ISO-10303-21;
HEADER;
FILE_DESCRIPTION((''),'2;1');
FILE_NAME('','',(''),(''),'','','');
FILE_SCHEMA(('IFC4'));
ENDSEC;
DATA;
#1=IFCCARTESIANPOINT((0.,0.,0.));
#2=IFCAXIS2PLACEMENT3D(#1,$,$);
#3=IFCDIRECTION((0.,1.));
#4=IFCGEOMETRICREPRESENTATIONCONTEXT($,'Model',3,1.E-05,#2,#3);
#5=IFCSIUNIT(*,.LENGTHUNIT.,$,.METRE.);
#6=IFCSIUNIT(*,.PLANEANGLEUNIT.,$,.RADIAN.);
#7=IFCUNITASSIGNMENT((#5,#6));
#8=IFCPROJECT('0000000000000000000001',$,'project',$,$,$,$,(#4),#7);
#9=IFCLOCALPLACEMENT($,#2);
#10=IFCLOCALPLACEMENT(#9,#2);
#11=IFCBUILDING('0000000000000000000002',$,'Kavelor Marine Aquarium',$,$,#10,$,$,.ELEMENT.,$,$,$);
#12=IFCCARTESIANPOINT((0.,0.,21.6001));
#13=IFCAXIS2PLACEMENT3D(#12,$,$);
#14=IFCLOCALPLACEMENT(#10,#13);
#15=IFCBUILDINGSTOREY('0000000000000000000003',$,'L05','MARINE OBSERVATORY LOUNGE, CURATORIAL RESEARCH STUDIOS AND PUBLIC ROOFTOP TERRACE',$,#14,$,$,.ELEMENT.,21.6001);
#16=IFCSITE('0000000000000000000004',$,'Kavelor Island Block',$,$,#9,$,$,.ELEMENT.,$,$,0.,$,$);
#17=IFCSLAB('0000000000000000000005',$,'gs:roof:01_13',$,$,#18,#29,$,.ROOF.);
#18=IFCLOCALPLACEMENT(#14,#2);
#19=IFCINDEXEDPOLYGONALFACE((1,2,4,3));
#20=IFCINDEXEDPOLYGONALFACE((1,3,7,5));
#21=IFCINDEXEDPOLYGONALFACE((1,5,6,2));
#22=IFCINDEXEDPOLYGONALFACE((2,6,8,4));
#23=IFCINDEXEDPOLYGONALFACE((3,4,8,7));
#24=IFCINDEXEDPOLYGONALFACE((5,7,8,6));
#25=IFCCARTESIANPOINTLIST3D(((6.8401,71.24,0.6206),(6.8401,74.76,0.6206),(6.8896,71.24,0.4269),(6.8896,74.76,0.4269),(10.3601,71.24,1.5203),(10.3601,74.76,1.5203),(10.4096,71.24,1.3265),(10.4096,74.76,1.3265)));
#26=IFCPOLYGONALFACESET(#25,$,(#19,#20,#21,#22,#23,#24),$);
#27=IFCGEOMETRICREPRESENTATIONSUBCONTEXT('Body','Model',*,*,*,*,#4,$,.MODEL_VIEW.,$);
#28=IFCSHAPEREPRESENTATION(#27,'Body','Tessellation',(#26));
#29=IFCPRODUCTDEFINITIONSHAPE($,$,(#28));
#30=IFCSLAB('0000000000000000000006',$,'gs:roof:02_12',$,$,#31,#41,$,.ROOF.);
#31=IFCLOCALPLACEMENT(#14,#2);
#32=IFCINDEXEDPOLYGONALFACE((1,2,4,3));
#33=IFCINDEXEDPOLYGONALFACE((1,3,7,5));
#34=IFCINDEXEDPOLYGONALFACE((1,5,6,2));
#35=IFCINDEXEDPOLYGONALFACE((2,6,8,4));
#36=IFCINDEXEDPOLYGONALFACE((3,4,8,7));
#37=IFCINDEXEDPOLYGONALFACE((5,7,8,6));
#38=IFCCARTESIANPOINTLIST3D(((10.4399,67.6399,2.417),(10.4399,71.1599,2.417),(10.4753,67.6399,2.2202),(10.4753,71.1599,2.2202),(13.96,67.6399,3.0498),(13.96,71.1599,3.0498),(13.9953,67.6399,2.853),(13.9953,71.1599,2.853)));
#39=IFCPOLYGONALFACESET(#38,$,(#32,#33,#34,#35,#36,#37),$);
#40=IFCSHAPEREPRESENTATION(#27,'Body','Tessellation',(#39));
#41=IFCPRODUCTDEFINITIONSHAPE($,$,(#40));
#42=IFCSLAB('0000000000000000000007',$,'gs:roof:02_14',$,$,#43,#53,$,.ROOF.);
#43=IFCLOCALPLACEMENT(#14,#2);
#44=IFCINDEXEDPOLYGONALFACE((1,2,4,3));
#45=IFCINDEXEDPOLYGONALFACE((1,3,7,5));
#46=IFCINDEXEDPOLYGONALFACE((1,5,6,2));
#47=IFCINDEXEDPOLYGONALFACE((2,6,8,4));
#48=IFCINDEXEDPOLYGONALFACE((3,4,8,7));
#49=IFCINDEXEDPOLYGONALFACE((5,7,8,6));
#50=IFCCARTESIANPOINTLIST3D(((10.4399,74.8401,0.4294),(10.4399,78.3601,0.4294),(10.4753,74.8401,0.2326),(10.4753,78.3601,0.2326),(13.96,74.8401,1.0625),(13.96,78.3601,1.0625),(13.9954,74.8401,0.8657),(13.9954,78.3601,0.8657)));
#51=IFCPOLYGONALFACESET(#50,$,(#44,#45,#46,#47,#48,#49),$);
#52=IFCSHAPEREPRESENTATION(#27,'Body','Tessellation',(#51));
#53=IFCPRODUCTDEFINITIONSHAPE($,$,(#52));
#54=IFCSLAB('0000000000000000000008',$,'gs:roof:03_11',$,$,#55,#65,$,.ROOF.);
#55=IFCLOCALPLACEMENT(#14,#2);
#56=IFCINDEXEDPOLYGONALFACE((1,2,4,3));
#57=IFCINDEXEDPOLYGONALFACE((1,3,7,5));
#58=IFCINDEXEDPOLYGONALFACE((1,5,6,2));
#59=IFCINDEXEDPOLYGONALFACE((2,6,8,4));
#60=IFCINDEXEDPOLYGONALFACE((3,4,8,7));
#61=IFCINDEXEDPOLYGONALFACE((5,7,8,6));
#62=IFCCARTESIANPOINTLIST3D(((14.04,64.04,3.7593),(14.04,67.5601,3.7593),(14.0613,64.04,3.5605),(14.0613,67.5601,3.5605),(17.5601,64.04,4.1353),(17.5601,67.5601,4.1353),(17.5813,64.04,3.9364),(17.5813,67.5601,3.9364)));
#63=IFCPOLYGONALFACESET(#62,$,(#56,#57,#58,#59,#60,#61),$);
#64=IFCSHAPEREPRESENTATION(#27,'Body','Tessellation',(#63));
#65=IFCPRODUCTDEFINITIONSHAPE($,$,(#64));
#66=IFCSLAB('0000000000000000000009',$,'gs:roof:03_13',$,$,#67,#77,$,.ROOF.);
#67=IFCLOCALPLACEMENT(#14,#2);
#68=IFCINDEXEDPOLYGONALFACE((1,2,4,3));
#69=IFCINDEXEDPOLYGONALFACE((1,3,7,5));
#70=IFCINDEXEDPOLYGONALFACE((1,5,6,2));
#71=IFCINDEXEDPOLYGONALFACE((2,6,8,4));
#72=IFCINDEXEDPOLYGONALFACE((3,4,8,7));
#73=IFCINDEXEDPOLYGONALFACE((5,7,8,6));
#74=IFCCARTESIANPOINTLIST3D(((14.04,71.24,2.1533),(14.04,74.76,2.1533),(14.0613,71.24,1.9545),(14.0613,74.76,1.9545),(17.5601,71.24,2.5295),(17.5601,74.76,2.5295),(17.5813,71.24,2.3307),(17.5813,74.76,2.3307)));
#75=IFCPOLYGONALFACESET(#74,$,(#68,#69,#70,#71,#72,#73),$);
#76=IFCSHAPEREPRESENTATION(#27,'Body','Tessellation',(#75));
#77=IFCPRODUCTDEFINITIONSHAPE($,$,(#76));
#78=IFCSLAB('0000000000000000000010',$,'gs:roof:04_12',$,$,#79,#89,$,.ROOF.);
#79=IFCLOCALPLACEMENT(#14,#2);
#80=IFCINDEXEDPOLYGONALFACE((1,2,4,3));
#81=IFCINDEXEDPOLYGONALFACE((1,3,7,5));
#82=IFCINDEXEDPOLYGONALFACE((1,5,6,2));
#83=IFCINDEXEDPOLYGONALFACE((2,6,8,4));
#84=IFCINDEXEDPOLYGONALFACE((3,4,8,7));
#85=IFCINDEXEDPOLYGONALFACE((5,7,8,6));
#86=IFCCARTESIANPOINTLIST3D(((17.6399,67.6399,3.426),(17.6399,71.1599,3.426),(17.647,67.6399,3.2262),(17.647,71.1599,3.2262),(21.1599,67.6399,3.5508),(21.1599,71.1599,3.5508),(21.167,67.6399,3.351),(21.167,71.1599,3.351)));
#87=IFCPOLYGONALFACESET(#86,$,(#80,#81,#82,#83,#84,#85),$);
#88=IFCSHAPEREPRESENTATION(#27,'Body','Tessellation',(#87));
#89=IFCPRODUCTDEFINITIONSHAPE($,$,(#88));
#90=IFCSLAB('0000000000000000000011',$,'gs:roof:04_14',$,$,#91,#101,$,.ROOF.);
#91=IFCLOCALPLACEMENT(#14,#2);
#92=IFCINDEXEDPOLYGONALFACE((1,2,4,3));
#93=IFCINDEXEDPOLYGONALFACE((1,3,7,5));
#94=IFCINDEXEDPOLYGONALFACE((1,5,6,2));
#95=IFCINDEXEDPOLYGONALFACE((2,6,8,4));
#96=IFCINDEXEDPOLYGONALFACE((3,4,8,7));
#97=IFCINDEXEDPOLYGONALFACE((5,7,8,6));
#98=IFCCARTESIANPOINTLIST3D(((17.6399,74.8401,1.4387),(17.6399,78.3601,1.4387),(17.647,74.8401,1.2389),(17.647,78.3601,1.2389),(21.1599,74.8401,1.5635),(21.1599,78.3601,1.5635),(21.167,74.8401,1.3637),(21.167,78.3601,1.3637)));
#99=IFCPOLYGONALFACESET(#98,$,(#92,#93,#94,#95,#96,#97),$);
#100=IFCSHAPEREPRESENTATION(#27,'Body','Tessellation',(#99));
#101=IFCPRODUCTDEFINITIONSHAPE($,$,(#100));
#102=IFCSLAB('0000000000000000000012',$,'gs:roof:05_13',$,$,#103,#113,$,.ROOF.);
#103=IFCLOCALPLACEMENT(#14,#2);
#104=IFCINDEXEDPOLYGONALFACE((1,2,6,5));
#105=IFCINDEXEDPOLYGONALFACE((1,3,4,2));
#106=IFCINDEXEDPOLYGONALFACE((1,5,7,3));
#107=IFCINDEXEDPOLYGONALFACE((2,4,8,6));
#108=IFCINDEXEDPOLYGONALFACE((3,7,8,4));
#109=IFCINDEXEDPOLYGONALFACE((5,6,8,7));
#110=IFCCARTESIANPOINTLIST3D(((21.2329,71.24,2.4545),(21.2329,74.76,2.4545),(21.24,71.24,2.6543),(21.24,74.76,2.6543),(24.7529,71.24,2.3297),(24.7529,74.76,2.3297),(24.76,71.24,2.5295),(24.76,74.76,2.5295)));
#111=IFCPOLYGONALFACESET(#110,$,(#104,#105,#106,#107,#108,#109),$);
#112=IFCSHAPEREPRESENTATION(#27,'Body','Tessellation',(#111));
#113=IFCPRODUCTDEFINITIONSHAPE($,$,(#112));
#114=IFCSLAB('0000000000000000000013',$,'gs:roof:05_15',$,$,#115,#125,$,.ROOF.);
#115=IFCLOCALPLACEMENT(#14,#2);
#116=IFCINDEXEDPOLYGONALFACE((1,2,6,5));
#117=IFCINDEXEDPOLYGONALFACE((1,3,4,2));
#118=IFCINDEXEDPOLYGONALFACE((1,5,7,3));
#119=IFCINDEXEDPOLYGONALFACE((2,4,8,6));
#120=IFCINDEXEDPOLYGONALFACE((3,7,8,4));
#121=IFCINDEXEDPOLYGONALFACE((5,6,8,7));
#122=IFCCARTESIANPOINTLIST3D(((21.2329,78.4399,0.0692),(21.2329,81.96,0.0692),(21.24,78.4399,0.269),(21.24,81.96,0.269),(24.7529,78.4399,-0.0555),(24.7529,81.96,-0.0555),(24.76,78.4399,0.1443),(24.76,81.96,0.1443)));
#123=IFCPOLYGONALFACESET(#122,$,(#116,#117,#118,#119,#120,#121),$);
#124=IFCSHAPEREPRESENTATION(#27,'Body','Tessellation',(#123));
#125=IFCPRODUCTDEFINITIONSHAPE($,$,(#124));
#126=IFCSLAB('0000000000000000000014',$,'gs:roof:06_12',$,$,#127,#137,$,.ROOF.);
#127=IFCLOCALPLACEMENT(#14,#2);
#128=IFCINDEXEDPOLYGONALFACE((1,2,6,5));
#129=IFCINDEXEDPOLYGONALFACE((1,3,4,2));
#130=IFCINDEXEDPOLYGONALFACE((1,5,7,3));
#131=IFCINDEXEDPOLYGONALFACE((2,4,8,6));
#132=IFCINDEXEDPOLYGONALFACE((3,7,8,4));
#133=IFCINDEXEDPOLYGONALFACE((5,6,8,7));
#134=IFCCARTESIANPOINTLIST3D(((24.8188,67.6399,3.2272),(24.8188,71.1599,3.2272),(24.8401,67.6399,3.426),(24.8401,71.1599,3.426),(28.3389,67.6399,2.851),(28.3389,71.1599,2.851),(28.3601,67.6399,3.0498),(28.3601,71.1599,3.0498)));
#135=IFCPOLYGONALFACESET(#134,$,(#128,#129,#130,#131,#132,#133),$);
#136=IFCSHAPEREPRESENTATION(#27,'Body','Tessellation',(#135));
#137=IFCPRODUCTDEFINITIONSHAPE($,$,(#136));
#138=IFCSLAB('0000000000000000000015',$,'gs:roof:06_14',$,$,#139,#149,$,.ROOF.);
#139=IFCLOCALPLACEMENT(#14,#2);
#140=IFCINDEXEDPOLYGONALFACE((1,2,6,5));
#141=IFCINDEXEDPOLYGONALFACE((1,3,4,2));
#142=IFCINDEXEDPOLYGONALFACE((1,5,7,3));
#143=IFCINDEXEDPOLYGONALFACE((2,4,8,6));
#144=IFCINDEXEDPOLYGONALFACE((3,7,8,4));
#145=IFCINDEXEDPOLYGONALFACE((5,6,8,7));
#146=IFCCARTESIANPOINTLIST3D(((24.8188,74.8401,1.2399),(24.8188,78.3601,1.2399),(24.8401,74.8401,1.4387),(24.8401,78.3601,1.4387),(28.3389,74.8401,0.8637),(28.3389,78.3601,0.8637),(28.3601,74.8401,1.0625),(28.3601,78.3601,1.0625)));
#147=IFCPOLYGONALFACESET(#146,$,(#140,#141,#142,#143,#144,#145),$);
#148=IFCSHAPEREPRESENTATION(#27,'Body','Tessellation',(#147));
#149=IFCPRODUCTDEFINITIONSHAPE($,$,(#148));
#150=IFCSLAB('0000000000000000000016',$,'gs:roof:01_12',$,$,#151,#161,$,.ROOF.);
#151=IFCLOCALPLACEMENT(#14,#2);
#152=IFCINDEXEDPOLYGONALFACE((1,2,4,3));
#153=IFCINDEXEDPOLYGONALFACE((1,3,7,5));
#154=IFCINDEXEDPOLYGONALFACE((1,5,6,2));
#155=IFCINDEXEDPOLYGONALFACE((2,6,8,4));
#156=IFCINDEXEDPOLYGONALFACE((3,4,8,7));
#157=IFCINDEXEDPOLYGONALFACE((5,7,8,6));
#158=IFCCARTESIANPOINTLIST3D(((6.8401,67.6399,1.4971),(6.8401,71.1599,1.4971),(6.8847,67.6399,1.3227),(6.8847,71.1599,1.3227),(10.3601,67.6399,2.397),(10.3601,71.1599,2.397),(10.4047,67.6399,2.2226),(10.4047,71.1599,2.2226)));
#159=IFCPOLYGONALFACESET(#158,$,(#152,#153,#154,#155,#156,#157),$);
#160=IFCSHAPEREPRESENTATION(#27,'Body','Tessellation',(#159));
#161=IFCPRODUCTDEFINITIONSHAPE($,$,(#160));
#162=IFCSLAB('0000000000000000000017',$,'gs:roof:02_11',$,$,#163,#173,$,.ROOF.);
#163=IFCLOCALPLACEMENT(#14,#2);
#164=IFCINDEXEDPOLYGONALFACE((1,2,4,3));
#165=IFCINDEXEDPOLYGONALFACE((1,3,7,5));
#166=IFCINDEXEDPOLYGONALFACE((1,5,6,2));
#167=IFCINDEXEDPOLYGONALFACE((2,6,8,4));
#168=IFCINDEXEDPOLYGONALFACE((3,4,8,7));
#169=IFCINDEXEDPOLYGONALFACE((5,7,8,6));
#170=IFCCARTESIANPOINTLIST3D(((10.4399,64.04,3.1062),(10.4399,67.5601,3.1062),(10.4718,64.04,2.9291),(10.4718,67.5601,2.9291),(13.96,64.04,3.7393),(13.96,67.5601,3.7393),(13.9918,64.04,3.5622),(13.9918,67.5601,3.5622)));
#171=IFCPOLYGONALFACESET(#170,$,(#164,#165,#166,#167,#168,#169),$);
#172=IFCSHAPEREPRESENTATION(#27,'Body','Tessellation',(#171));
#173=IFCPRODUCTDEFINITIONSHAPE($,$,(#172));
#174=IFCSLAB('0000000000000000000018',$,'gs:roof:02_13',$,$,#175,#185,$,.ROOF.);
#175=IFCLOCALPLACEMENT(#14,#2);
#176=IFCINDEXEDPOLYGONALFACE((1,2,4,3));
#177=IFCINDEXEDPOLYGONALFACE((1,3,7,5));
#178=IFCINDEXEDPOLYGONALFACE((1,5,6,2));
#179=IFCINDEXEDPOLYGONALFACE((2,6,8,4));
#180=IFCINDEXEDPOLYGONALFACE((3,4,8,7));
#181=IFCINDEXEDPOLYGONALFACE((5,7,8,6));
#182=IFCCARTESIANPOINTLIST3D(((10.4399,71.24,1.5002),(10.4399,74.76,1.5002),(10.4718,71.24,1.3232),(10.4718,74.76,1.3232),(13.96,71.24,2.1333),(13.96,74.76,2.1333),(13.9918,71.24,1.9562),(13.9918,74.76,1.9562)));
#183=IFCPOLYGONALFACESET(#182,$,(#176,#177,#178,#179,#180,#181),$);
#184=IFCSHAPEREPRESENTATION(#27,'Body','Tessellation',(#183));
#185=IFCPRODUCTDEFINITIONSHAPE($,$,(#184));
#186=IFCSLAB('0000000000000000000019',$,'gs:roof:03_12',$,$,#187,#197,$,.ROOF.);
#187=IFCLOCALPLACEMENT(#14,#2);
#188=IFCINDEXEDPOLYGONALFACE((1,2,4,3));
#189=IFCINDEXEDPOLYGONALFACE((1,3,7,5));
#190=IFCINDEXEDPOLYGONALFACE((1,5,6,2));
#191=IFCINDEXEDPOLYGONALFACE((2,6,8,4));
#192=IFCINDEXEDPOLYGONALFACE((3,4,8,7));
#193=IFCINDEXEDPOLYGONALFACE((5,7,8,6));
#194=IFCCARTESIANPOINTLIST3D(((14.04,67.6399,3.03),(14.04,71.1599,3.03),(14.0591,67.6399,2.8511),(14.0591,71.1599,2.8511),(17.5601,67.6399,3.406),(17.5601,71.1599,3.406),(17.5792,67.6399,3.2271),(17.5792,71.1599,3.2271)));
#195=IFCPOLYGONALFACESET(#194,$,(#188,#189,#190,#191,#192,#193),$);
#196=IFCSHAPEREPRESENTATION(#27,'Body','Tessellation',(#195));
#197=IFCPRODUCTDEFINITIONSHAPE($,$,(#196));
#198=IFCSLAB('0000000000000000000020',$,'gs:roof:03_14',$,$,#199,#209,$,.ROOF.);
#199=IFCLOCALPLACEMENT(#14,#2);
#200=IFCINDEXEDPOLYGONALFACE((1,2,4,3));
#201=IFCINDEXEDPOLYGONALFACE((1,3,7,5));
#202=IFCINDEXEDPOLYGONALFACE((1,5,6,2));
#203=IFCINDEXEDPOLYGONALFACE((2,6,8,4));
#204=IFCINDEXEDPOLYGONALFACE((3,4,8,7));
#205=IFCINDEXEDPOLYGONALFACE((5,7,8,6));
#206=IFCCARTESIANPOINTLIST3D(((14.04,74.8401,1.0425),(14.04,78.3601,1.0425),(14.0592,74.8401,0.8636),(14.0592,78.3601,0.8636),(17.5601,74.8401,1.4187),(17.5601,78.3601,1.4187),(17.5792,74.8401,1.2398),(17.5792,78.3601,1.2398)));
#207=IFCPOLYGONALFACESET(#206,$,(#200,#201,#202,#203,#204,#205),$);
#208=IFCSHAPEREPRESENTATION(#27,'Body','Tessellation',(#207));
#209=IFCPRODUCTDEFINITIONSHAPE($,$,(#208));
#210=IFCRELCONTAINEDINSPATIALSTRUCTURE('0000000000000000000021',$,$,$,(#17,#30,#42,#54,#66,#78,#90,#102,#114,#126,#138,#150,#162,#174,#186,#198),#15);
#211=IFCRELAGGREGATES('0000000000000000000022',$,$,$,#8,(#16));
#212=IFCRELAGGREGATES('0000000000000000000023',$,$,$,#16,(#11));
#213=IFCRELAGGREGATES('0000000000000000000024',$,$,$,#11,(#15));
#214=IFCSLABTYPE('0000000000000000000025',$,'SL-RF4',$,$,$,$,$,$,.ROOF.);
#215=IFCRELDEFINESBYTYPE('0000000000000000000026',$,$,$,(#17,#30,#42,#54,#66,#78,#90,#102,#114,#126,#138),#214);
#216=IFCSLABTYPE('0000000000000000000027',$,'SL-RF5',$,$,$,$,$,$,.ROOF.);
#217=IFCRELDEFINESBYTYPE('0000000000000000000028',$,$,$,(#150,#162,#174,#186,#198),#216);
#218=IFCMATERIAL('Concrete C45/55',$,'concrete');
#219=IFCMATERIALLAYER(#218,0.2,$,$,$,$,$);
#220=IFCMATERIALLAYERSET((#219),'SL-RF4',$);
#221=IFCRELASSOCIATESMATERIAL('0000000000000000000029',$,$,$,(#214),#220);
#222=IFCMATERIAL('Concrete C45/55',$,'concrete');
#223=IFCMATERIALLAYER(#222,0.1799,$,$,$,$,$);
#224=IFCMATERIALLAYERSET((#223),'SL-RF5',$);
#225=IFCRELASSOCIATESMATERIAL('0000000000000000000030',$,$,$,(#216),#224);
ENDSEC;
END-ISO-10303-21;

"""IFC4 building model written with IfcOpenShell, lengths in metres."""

from ifc_helpers import new_model, si_unit, direction, frame, origin, place, context, subcontext, project, spatial, polyline, outline, extrude, material, layer, layer_set, type_object, element, save


model = new_model("IFC4")

# Units and contexts
model_context = context("Model", 3, precision=1e-05, world=origin(), true_north=direction((0.0, 1.0)))
body_context = subcontext(model_context, "Body", "Model", "MODEL_VIEW")
ifc_project = project(units=[si_unit("LENGTHUNIT", "METRE"), si_unit("PLANEANGLEUNIT", "RADIAN")], contexts=[model_context])

# Site, building, storey
site_placement = place(None, origin())
site = spatial("IfcSite", under=ifc_project, at=site_placement, Name="Kavelor Island Block", CompositionType="ELEMENT", RefElevation=0.0)
building_placement = place(site_placement, origin())
building = spatial("IfcBuilding", under=site, at=building_placement, Name="Kavelor Marine Aquarium", CompositionType="ELEMENT")
storey_placement = place(building_placement, frame((0.0, 0.0, 21.6001)))
storey = spatial("IfcBuildingStorey", under=building, at=storey_placement, Name="L05", Description="MARINE OBSERVATORY LOUNGE, CURATORIAL RESEARCH STUDIOS AND PUBLIC ROOFTOP TERRACE", CompositionType="ELEMENT", Elevation=21.6001)

# Slabs
ifc_material_1 = material(Name="Concrete C45/55", Category="concrete")
ifc_layer_1 = layer(ifc_material_1, 0.2)
ifc_layer_set_1 = layer_set([ifc_layer_1], Name="SL-RF4")
slab_type_1 = type_object("IfcSlabType", Name="SL-RF4", PredefinedType="ROOF", material=ifc_layer_set_1)
slab_1_placement = place(storey_placement, frame((6.8401, 71.24, 0.6206), z_axis=(-0.247623, 0.0, 0.968856), x_axis=(0.968856, 0.0, 0.247623)))
element("IfcSlab", 1, at=slab_1_placement, inside=storey, type_object=slab_type_1, Name="gs:roof:01_13", PredefinedType="ROOF", context=body_context, shape_type="SweptSolid", body=[
    extrude(outline(polyline([(0.0, 0.0), (3.6332, 0.0), (3.6332, 3.52), (0.0, 3.52), (0.0, 0.0)])), origin(), (0.0, 0.0, -1.0), 0.2),
])
slab_2_placement = place(storey_placement, frame((10.4399, 67.6399, 2.417), z_axis=(-0.176939, 0.0, 0.984222), x_axis=(0.984222, 0.0, 0.176939)))
element("IfcSlab", 2, at=slab_2_placement, inside=storey, type_object=slab_type_1, Name="gs:roof:02_12", PredefinedType="ROOF", context=body_context, shape_type="SweptSolid", body=[
    extrude(outline(polyline([(0.0, 0.0), (3.5764, 0.0), (3.5764, 3.52), (0.0, 3.52), (0.0, 0.0)])), origin(), (0.0, 0.0, -1.0), 0.2),
])
slab_3_placement = place(storey_placement, frame((10.4399, 74.8401, 0.4294), z_axis=(-0.177005, 0.0, 0.98421), x_axis=(0.98421, 0.0, 0.177005)))
element("IfcSlab", 3, at=slab_3_placement, inside=storey, type_object=slab_type_1, Name="gs:roof:02_14", PredefinedType="ROOF", context=body_context, shape_type="SweptSolid", body=[
    extrude(outline(polyline([(0.0, 0.0), (3.5765, 0.0), (3.5765, 3.52), (0.0, 3.52), (0.0, 0.0)])), origin(), (0.0, 0.0, -1.0), 0.2),
])
slab_4_placement = place(storey_placement, frame((14.04, 64.04, 3.7593), z_axis=(-0.106207, 0.0, 0.994344), x_axis=(0.994344, 0.0, 0.106207)))
element("IfcSlab", 4, at=slab_4_placement, inside=storey, type_object=slab_type_1, Name="gs:roof:03_11", PredefinedType="ROOF", context=body_context, shape_type="SweptSolid", body=[
    extrude(outline(polyline([(0.0, 0.0), (3.54, 0.0), (3.54, 3.52), (0.0, 3.52), (0.0, 0.0)])), origin(), (0.0, 0.0, -1.0), 0.2),
])
slab_5_placement = place(storey_placement, frame((14.04, 71.24, 2.1533), z_axis=(-0.106275, 0.0, 0.994337), x_axis=(0.994337, 0.0, 0.106275)))
element("IfcSlab", 5, at=slab_5_placement, inside=storey, type_object=slab_type_1, Name="gs:roof:03_13", PredefinedType="ROOF", context=body_context, shape_type="SweptSolid", body=[
    extrude(outline(polyline([(0.0, 0.0), (3.5401, 0.0), (3.5401, 3.52), (0.0, 3.52), (0.0, 0.0)])), origin(), (0.0, 0.0, -1.0), 0.2),
])
for number, where, z_axis, x_axis, name in (
    (6, (17.6399, 67.6399, 3.426), (-0.03542, 0.0, 0.999373), (0.999373, 0.0, 0.03542), "gs:roof:04_12"),
    (7, (17.6399, 74.8401, 1.4387), (-0.03542, 0.0, 0.999373), (0.999373, 0.0, 0.03542), "gs:roof:04_14"),
    (8, (21.24, 71.24, 2.6543), (0.03542, 0.0, 0.999373), (0.999373, 0.0, -0.03542), "gs:roof:05_13"),
    (9, (21.24, 78.4399, 0.269), (0.03542, 0.0, 0.999373), (0.999373, 0.0, -0.03542), "gs:roof:05_15"),
):
    element("IfcSlab", number, at=place(storey_placement, frame(where, z_axis=z_axis, x_axis=x_axis)), inside=storey, type_object=slab_type_1, Name=name, PredefinedType="ROOF", context=body_context, shape_type="SweptSolid", body=[
        extrude(outline(polyline([(0.0, 0.0), (3.5222, 0.0), (3.5222, 3.52), (0.0, 3.52), (0.0, 0.0)])), origin(), (0.0, 0.0, -1.0), 0.2),
    ])
for number, where, z_axis, x_axis, name in (
    (10, (24.8401, 67.6399, 3.426), (0.106275, 0.0, 0.994337), (0.994337, 0.0, -0.106275), "gs:roof:06_12"),
    (11, (24.8401, 74.8401, 1.4387), (0.106275, 0.0, 0.994337), (0.994337, 0.0, -0.106275), "gs:roof:06_14"),
):
    element("IfcSlab", number, at=place(storey_placement, frame(where, z_axis=z_axis, x_axis=x_axis)), inside=storey, type_object=slab_type_1, Name=name, PredefinedType="ROOF", context=body_context, shape_type="SweptSolid", body=[
        extrude(outline(polyline([(0.0, 0.0), (3.5401, 0.0), (3.5401, 3.52), (0.0, 3.52), (0.0, 0.0)])), origin(), (0.0, 0.0, -1.0), 0.2),
    ])
ifc_material_2 = material(Name="Concrete C45/55", Category="concrete")
ifc_layer_2 = layer(ifc_material_2, 0.1799)
ifc_layer_set_2 = layer_set([ifc_layer_2], Name="SL-RF5")
slab_type_2 = type_object("IfcSlabType", Name="SL-RF5", PredefinedType="ROOF", material=ifc_layer_set_2)
slab_6_placement = place(storey_placement, frame((6.8401, 67.6399, 1.4971), z_axis=(-0.247687, 0.0, 0.96884), x_axis=(0.96884, 0.0, 0.247687)))
element("IfcSlab", 12, at=slab_6_placement, inside=storey, type_object=slab_type_2, Name="gs:roof:01_12", PredefinedType="ROOF", context=body_context, shape_type="SweptSolid", body=[
    extrude(outline(polyline([(0.0, 0.0), (3.6332, 0.0), (3.6332, 3.52), (0.0, 3.52), (0.0, 0.0)])), origin(), (0.0, 0.0, -1.0), 0.1799),
])
for number, where, z_axis, x_axis, name in (
    (13, (10.4399, 64.04, 3.1062), (-0.177005, 0.0, 0.98421), (0.98421, 0.0, 0.177005), "gs:roof:02_11"),
    (14, (10.4399, 71.24, 1.5002), (-0.177005, 0.0, 0.98421), (0.98421, 0.0, 0.177005), "gs:roof:02_13"),
):
    element("IfcSlab", number, at=place(storey_placement, frame(where, z_axis=z_axis, x_axis=x_axis)), inside=storey, type_object=slab_type_2, Name=name, PredefinedType="ROOF", context=body_context, shape_type="SweptSolid", body=[
        extrude(outline(polyline([(0.0, 0.0), (3.5765, 0.0), (3.5765, 3.52), (0.0, 3.52), (0.0, 0.0)])), origin(), (0.0, 0.0, -1.0), 0.1799),
    ])
slab_7_placement = place(storey_placement, frame((14.04, 67.6399, 3.03), z_axis=(-0.106207, 0.0, 0.994344), x_axis=(0.994344, 0.0, 0.106207)))
element("IfcSlab", 15, at=slab_7_placement, inside=storey, type_object=slab_type_2, Name="gs:roof:03_12", PredefinedType="ROOF", context=body_context, shape_type="SweptSolid", body=[
    extrude(outline(polyline([(0.0, 0.0), (3.54, 0.0), (3.54, 3.52), (0.0, 3.52), (0.0, 0.0)])), origin(), (0.0, 0.0, -1.0), 0.1799),
])
slab_8_placement = place(storey_placement, frame((14.04, 74.8401, 1.0425), z_axis=(-0.106275, 0.0, 0.994337), x_axis=(0.994337, 0.0, 0.106275)))
element("IfcSlab", 16, at=slab_8_placement, inside=storey, type_object=slab_type_2, Name="gs:roof:03_14", PredefinedType="ROOF", context=body_context, shape_type="SweptSolid", body=[
    extrude(outline(polyline([(0.0, 0.0), (3.5401, 0.0), (3.5401, 3.52), (0.0, 3.52), (0.0, 0.0)])), origin(), (0.0, 0.0, -1.0), 0.1799),
])

save(model, "model.ifc")
